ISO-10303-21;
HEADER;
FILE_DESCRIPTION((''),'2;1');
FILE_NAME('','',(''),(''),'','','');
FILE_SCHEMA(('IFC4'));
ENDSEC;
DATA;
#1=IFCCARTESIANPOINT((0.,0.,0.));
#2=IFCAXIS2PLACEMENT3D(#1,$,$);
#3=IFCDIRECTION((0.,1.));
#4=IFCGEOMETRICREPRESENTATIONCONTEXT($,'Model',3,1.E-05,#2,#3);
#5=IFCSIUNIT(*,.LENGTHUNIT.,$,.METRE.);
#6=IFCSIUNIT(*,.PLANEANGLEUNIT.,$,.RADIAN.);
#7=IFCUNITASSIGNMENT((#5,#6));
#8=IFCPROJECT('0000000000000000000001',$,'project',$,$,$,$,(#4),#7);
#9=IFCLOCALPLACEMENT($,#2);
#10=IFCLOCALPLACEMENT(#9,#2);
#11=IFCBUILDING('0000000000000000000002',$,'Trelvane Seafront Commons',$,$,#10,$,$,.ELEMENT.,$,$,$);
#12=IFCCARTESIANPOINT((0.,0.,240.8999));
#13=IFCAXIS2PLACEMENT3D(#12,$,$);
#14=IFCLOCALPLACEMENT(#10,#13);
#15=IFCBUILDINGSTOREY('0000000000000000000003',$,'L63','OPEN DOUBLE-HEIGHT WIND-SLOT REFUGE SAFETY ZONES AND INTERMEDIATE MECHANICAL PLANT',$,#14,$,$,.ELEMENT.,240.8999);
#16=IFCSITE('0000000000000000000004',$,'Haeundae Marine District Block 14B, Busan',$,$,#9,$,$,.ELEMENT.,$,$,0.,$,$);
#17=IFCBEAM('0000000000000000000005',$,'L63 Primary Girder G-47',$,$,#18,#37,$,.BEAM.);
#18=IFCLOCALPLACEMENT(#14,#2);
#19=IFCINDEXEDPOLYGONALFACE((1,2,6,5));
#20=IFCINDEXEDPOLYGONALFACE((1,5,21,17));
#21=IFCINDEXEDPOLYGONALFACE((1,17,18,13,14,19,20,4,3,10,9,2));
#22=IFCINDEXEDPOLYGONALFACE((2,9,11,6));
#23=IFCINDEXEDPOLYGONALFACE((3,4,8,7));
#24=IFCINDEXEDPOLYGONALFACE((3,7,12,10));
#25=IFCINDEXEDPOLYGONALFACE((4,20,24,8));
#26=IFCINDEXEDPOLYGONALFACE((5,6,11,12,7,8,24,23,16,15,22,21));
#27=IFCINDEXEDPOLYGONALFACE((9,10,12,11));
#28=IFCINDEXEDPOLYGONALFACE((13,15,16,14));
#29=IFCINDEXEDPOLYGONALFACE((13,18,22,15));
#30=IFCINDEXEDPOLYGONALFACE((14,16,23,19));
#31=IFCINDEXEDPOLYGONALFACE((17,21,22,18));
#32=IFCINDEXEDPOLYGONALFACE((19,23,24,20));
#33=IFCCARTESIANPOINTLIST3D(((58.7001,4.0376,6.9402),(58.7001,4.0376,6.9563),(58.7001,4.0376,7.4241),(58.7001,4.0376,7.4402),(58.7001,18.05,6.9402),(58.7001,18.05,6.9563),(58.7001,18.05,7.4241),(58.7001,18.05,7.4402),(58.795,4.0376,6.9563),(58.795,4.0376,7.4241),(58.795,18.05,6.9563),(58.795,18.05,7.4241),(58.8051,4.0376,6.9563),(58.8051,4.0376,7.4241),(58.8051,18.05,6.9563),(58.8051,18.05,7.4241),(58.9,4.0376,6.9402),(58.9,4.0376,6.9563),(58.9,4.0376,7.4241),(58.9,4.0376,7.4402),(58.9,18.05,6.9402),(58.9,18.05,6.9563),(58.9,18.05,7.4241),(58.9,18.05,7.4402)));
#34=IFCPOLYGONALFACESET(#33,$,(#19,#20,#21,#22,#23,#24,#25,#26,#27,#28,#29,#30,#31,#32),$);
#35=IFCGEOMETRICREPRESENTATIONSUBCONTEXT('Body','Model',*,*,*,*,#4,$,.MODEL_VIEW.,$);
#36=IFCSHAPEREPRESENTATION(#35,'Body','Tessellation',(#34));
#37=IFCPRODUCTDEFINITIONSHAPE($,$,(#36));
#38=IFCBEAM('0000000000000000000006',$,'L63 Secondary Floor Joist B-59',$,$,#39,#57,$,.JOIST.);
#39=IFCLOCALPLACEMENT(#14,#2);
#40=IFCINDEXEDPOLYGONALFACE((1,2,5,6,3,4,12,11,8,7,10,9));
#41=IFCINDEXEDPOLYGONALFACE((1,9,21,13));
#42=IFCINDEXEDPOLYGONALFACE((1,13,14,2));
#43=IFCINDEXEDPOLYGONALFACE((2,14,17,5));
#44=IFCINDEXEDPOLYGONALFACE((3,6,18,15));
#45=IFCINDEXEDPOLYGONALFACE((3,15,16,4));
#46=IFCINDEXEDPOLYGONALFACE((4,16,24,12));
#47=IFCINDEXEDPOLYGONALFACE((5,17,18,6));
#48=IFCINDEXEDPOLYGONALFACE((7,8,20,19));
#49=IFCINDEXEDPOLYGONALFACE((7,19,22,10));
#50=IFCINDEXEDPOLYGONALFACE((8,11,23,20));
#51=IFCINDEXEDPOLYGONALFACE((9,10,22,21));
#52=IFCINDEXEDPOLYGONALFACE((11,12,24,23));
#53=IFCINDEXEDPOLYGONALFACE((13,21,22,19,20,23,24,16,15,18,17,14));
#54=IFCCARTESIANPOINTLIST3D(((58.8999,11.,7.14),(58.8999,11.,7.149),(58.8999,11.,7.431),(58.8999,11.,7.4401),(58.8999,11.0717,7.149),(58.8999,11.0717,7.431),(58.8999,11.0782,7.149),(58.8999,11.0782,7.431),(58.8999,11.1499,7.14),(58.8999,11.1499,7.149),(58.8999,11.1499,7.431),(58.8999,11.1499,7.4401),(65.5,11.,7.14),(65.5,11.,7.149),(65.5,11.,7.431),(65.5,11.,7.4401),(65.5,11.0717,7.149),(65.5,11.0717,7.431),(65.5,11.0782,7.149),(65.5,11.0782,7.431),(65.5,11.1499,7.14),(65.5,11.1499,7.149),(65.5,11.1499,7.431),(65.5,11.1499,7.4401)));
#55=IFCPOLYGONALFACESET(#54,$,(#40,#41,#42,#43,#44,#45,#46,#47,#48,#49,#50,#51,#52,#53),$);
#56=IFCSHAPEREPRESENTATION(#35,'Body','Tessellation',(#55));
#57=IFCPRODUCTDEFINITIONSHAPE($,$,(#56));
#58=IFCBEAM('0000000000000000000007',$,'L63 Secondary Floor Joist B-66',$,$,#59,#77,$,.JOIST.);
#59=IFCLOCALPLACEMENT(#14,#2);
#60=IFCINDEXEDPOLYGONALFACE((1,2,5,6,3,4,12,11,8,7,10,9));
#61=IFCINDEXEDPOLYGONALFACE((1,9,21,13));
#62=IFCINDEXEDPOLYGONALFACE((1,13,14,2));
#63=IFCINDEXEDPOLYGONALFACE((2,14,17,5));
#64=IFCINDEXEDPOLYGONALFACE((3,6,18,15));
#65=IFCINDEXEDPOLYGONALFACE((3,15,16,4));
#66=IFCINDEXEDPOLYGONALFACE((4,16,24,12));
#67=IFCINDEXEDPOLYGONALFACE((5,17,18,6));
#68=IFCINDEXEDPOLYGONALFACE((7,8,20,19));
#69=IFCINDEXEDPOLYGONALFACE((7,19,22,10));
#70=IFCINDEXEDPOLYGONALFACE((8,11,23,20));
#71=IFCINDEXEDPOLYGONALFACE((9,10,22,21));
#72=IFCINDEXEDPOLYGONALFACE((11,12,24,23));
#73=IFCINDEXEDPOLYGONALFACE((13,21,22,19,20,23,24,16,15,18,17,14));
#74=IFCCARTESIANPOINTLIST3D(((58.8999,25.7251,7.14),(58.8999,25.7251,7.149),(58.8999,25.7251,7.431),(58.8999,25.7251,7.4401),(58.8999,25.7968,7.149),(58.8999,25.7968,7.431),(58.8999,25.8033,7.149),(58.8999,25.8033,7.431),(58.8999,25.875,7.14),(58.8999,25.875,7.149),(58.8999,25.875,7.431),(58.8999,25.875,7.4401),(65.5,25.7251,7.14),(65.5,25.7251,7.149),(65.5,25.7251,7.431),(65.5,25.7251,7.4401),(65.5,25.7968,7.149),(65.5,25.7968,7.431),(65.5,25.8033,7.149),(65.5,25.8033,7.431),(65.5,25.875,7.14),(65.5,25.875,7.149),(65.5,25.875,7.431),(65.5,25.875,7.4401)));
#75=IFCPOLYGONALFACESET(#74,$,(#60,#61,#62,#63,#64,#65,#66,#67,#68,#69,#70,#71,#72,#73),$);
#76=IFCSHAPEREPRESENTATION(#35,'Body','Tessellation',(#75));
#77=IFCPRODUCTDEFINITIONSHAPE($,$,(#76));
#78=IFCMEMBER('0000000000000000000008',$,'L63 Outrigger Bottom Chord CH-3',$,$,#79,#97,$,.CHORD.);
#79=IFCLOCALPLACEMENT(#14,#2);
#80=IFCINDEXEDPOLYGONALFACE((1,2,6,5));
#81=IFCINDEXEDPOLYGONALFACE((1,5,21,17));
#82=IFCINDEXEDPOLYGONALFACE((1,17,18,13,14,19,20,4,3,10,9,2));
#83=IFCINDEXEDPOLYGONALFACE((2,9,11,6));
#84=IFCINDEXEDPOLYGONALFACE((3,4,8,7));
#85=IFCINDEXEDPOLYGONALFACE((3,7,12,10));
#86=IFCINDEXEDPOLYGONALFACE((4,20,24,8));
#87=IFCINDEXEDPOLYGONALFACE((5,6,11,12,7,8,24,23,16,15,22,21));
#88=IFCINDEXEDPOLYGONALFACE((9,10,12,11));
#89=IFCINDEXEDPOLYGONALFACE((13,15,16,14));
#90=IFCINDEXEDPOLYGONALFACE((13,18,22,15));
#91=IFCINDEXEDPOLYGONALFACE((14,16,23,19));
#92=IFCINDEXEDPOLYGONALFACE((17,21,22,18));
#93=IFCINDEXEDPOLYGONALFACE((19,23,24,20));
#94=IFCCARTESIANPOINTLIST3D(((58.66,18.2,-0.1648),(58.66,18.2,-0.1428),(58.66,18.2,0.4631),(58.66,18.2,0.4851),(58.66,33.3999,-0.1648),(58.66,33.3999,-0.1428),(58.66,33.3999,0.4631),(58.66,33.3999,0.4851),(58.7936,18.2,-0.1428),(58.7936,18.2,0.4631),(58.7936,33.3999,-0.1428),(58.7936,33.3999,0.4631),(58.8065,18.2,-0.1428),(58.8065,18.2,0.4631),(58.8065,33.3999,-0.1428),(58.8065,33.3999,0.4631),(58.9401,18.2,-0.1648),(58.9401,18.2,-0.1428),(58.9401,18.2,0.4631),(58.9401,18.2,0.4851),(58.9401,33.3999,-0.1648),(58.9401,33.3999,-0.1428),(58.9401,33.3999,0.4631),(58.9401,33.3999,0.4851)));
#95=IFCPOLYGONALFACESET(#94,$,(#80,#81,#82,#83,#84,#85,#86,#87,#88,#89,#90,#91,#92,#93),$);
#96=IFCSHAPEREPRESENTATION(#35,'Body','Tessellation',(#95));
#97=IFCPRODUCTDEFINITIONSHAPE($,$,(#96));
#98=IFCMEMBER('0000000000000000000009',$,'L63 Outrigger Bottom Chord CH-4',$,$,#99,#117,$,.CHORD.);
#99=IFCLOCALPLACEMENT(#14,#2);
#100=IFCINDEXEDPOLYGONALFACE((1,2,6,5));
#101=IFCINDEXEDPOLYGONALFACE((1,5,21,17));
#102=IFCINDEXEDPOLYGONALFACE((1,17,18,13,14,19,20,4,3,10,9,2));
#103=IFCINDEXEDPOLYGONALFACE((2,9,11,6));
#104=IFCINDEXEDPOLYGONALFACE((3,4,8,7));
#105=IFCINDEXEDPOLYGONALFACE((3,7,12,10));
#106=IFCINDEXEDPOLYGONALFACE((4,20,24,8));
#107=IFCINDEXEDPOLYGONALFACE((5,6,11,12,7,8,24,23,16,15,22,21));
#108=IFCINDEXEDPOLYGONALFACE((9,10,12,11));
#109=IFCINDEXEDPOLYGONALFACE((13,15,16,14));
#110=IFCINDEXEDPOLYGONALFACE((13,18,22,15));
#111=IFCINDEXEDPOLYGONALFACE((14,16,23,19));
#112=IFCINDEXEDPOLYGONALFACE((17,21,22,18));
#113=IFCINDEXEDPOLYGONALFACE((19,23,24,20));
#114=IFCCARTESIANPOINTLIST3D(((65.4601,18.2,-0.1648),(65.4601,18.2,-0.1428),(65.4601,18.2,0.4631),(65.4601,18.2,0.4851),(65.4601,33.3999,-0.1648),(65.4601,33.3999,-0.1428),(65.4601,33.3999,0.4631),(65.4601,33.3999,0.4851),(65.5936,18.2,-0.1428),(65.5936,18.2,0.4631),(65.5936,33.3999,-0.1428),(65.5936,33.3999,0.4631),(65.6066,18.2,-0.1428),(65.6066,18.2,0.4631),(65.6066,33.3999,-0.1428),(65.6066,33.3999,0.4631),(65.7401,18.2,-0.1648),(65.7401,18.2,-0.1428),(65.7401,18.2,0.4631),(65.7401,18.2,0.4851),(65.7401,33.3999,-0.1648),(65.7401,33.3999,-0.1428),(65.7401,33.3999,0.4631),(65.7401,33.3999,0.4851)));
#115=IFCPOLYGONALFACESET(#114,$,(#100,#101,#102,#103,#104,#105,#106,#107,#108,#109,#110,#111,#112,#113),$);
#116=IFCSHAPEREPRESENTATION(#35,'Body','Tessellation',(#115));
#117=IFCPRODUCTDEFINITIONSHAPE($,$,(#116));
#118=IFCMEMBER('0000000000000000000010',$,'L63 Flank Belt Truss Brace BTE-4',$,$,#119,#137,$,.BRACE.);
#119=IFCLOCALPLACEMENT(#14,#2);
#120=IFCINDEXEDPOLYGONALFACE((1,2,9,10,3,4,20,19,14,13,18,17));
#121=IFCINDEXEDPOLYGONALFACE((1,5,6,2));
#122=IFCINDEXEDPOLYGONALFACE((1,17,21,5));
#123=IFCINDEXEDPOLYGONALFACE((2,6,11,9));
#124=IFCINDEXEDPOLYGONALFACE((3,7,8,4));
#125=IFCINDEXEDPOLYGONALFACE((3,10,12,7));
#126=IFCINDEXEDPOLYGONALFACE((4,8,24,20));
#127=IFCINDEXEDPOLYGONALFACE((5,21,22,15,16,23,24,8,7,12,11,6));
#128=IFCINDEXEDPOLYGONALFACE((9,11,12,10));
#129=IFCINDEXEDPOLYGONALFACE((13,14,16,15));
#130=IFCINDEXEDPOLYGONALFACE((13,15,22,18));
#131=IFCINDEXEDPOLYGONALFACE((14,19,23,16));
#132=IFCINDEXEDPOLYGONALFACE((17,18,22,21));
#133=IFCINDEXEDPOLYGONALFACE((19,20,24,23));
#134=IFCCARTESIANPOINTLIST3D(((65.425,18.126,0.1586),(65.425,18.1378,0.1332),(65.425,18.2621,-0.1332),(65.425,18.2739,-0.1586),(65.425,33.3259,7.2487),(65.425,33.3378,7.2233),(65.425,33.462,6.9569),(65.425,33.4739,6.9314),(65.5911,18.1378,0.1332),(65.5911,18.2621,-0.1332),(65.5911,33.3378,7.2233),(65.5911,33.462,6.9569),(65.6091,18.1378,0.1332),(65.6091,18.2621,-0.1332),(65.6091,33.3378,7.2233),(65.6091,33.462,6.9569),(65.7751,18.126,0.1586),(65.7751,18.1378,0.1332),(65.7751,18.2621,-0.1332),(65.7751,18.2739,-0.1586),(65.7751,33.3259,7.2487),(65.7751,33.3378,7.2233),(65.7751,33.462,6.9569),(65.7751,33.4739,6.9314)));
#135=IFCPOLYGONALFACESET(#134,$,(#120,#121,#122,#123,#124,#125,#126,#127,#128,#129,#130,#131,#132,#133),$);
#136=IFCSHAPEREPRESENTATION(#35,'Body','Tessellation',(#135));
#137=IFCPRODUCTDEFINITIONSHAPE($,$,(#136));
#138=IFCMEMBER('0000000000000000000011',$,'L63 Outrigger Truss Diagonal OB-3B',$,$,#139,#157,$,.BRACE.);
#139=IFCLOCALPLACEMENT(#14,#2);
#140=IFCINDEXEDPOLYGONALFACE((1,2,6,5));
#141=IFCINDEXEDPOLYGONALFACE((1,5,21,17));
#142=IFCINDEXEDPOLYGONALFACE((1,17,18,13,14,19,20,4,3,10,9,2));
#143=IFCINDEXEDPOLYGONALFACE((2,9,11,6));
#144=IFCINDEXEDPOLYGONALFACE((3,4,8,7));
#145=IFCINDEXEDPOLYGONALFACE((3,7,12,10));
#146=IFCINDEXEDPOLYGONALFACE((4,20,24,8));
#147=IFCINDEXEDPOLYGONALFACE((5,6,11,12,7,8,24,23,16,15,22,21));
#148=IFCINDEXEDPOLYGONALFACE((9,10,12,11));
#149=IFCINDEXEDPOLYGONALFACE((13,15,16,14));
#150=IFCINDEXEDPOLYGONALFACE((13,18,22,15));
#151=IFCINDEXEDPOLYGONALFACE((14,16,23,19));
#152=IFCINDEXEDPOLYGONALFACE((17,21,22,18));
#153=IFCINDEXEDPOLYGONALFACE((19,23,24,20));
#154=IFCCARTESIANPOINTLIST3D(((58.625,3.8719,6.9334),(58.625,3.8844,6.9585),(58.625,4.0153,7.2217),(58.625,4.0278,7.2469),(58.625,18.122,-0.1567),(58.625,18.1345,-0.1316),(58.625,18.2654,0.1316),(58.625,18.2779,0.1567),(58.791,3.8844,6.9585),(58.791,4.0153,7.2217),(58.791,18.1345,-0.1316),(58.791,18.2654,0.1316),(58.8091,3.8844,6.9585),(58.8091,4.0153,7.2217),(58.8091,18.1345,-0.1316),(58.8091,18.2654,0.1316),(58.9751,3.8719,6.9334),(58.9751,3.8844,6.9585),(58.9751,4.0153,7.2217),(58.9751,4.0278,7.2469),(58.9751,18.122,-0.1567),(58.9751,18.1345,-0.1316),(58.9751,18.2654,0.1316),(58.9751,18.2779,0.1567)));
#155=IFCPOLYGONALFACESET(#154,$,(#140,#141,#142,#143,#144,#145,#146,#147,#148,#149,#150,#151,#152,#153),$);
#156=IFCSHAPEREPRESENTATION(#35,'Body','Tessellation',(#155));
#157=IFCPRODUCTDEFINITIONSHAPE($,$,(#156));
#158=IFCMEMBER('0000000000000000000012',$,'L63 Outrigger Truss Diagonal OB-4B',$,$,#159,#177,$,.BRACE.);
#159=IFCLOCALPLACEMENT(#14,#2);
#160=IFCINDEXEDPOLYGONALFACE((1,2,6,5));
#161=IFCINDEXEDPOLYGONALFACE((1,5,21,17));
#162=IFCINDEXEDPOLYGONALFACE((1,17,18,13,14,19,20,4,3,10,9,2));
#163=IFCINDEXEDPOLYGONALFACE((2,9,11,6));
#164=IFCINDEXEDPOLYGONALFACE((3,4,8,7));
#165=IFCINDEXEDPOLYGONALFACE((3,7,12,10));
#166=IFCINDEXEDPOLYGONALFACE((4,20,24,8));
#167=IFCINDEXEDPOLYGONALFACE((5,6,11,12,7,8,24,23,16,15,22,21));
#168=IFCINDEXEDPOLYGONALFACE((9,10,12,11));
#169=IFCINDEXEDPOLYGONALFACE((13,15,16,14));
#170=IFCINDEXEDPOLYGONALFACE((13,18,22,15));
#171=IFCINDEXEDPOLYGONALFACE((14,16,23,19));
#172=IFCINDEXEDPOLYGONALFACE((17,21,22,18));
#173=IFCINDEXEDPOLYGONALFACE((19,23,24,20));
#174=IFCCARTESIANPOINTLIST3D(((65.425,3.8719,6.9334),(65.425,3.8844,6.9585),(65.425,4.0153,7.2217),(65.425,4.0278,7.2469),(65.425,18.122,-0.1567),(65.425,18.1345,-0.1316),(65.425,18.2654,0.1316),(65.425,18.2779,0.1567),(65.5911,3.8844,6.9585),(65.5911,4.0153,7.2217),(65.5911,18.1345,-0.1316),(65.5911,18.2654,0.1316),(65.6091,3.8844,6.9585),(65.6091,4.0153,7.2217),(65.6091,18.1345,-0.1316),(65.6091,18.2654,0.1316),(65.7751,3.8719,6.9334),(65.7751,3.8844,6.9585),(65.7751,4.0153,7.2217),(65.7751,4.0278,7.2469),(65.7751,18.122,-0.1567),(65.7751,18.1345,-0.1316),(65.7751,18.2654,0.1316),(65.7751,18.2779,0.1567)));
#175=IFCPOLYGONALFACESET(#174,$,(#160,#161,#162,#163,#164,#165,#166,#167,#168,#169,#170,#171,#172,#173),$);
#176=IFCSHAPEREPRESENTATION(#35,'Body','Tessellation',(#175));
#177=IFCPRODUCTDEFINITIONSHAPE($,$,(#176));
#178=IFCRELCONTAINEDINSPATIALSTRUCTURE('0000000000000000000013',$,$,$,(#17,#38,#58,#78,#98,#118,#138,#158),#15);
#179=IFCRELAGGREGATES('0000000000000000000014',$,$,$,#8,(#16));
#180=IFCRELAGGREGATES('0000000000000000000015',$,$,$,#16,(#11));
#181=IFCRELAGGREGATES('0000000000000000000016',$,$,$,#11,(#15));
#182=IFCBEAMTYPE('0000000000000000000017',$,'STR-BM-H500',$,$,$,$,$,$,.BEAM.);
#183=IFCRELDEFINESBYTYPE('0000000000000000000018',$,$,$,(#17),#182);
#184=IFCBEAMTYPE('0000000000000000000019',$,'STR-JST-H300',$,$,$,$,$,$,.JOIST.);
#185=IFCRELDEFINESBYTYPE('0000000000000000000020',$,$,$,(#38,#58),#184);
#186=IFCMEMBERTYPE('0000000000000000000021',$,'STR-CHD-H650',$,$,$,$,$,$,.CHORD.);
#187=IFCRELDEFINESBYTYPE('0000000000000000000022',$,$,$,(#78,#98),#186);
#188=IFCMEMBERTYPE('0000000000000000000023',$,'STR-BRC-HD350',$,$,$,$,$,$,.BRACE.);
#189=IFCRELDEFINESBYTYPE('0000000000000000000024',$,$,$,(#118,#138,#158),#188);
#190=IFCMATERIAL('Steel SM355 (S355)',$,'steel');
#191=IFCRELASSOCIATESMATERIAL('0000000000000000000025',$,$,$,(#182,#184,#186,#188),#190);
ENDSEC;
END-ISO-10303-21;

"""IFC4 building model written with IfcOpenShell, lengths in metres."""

from ifc_helpers import new_model, si_unit, direction, frame, origin, origin_2d, place, context, subcontext, project, spatial, i_section, extrude, source, transform, mapped, material, material_profile, profile_set, type_object, element, save


model = new_model("IFC4")

# Units and contexts
model_context = context("Model", 3, precision=1e-05, world=origin(), true_north=direction((0.0, 1.0)))
body_context = subcontext(model_context, "Body", "Model", "MODEL_VIEW")
ifc_project = project(units=[si_unit("LENGTHUNIT", "METRE"), si_unit("PLANEANGLEUNIT", "RADIAN")], contexts=[model_context])

# Site, building, storey
site_placement = place(None, origin())
site = spatial("IfcSite", under=ifc_project, at=site_placement, Name="Haeundae Marine District Block 14B, Busan", CompositionType="ELEMENT", RefElevation=0.0)
building_placement = place(site_placement, origin())
building = spatial("IfcBuilding", under=site, at=building_placement, Name="Trelvane Seafront Commons", CompositionType="ELEMENT")
storey_placement = place(building_placement, frame((0.0, 0.0, 240.8999)))
storey = spatial("IfcBuildingStorey", under=building, at=storey_placement, Name="L63", Description="OPEN DOUBLE-HEIGHT WIND-SLOT REFUGE SAFETY ZONES AND INTERMEDIATE MECHANICAL PLANT", CompositionType="ELEMENT", Elevation=240.8999)

# Shared definitions
ifc_material_1 = material(Name="Steel SM355 (S355)", Category="steel")

# Beams
ifc_material_profile_1 = material_profile(ifc_material_1, i_section(OverallWidth=0.2, OverallDepth=0.5, WebThickness=0.01, FlangeThickness=0.0161, at=origin_2d()), Name="H-500x200x10x16")
ifc_profile_set_1 = profile_set([ifc_material_profile_1], Name="Steel SM355 (S355)")
beam_type_1 = type_object("IfcBeamType", Name="STR-BM-H500", PredefinedType="BEAM", material=ifc_profile_set_1)
shared_shape_1 = source(origin(), body_context, "Body", "SweptSolid", [
    extrude(i_section(OverallWidth=0.2, OverallDepth=0.5, WebThickness=0.01, FlangeThickness=0.0161, at=origin_2d()), origin(), (0.0, 0.0, 1.0), 14.0125),
])
beam_1_placement = place(storey_placement, frame((58.8, 4.0376, 7.1902), z_axis=(0.0, 1.0, 0.0), x_axis=(-1.0, 0.0, 0.0)))
element("IfcBeam", 1, at=beam_1_placement, inside=storey, type_object=beam_type_1, Name="L63 Primary Girder G-47", PredefinedType="BEAM", context=body_context, shape_type="MappedRepresentation", body=[
    mapped(shared_shape_1, transform((0.0, 0.0, 0.0), x_axis=(1.0, 0.0, 0.0), y_axis=(0.0, 1.0, 0.0), z_axis=(0.0, 0.0, 1.0), scale=1.0)),
])
ifc_material_profile_2 = material_profile(ifc_material_1, i_section(OverallWidth=0.1499, OverallDepth=0.3, WebThickness=0.0066, FlangeThickness=0.009, at=origin_2d()), Name="H-300x150x6.5x9")
ifc_profile_set_2 = profile_set([ifc_material_profile_2], Name="Steel SM355 (S355)")
beam_type_2 = type_object("IfcBeamType", Name="STR-JST-H300", PredefinedType="JOIST", material=ifc_profile_set_2)
shared_shape_2 = source(origin(), body_context, "Body", "SweptSolid", [
    extrude(i_section(OverallWidth=0.1499, OverallDepth=0.3, WebThickness=0.0066, FlangeThickness=0.009, at=origin_2d()), origin(), (0.0, 0.0, 1.0), 6.6001),
])
for number, where, z_axis, x_axis, name in (
    (2, (58.8999, 11.075, 7.29), (1.0, 0.0, 0.0), (0.0, 1.0, 0.0), "L63 Secondary Floor Joist B-59"),
    (3, (58.8999, 25.8, 7.29), (1.0, 0.0, 0.0), (0.0, 1.0, 0.0), "L63 Secondary Floor Joist B-66"),
):
    element("IfcBeam", number, at=place(storey_placement, frame(where, z_axis=z_axis, x_axis=x_axis)), inside=storey, type_object=beam_type_2, Name=name, PredefinedType="JOIST", context=body_context, shape_type="MappedRepresentation", body=[
        mapped(shared_shape_2, transform((0.0, 0.0, 0.0), x_axis=(1.0, 0.0, 0.0), y_axis=(0.0, 1.0, 0.0), z_axis=(0.0, 0.0, 1.0), scale=1.0)),
    ])

# Members
ifc_material_profile_3 = material_profile(ifc_material_1, i_section(OverallWidth=0.28, OverallDepth=0.6499, WebThickness=0.0129, FlangeThickness=0.022, at=origin_2d()), Name="H-650x280x13x22")
ifc_profile_set_3 = profile_set([ifc_material_profile_3], Name="Steel SM355 (S355)")
member_type_1 = type_object("IfcMemberType", Name="STR-CHD-H650", PredefinedType="CHORD", material=ifc_profile_set_3)
shared_shape_3 = source(origin(), body_context, "Body", "SweptSolid", [
    extrude(i_section(OverallWidth=0.28, OverallDepth=0.6499, WebThickness=0.0129, FlangeThickness=0.022, at=origin_2d()), origin(), (0.0, 0.0, 1.0), 15.2),
])
for number, where, z_axis, x_axis, name in (
    (4, (58.8, 18.2, 0.1602), (0.0, 1.0, 0.0), (-1.0, 0.0, 0.0), "L63 Outrigger Bottom Chord CH-3"),
    (5, (65.6001, 18.2, 0.1602), (0.0, 1.0, 0.0), (-1.0, 0.0, 0.0), "L63 Outrigger Bottom Chord CH-4"),
):
    element("IfcMember", number, at=place(storey_placement, frame(where, z_axis=z_axis, x_axis=x_axis)), inside=storey, type_object=member_type_1, Name=name, PredefinedType="CHORD", context=body_context, shape_type="MappedRepresentation", body=[
        mapped(shared_shape_3, transform((0.0, 0.0, 0.0), x_axis=(1.0, 0.0, 0.0), y_axis=(0.0, 1.0, 0.0), z_axis=(0.0, 0.0, 1.0), scale=1.0)),
    ])
ifc_material_profile_4 = material_profile(ifc_material_1, i_section(OverallWidth=0.3501, OverallDepth=0.3501, WebThickness=0.0181, FlangeThickness=0.0281, at=origin_2d()), Name="HD-350x350x18x28")
ifc_profile_set_4 = profile_set([ifc_material_profile_4], Name="Steel SM355 (S355)")
member_type_2 = type_object("IfcMemberType", Name="STR-BRC-HD350", PredefinedType="BRACE", material=ifc_profile_set_4)
shared_shape_4 = source(origin(), body_context, "Body", "SweptSolid", [
    extrude(i_section(OverallWidth=0.3501, OverallDepth=0.3501, WebThickness=0.0181, FlangeThickness=0.0281, at=origin_2d()), origin(), (0.0, 0.0, 1.0), 16.7722),
])
member_1_placement = place(storey_placement, frame((65.6001, 18.2, 0.0), z_axis=(0.0, 0.906257, 0.422728), x_axis=(-1.0, 0.0, 0.0)))
element("IfcMember", 6, at=member_1_placement, inside=storey, type_object=member_type_2, Name="L63 Flank Belt Truss Brace BTE-4", PredefinedType="BRACE", context=body_context, shape_type="MappedRepresentation", body=[
    mapped(shared_shape_4, transform((0.0, 0.0, 0.0), x_axis=(1.0, 0.0, 0.0), y_axis=(0.0, 1.0, 0.0), z_axis=(0.0, 0.0, 1.0), scale=1.0)),
])
shared_shape_5 = source(origin(), body_context, "Body", "SweptSolid", [
    extrude(i_section(OverallWidth=0.3501, OverallDepth=0.3501, WebThickness=0.0181, FlangeThickness=0.0281, at=origin_2d()), origin(), (0.0, 0.0, 1.0), 15.9165),
])
for number, where, z_axis, x_axis, name in (
    (7, (58.8, 18.2, 0.0), (0.0, -0.895303, 0.445458), (1.0, 0.0, 0.0), "L63 Outrigger Truss Diagonal OB-3B"),
    (8, (65.6001, 18.2, 0.0), (0.0, -0.895303, 0.445458), (1.0, 0.0, 0.0), "L63 Outrigger Truss Diagonal OB-4B"),
):
    element("IfcMember", number, at=place(storey_placement, frame(where, z_axis=z_axis, x_axis=x_axis)), inside=storey, type_object=member_type_2, Name=name, PredefinedType="BRACE", context=body_context, shape_type="MappedRepresentation", body=[
        mapped(shared_shape_5, transform((0.0, 0.0, 0.0), x_axis=(1.0, 0.0, 0.0), y_axis=(0.0, 1.0, 0.0), z_axis=(0.0, 0.0, 1.0), scale=1.0)),
    ])

save(model, "model.ifc")
